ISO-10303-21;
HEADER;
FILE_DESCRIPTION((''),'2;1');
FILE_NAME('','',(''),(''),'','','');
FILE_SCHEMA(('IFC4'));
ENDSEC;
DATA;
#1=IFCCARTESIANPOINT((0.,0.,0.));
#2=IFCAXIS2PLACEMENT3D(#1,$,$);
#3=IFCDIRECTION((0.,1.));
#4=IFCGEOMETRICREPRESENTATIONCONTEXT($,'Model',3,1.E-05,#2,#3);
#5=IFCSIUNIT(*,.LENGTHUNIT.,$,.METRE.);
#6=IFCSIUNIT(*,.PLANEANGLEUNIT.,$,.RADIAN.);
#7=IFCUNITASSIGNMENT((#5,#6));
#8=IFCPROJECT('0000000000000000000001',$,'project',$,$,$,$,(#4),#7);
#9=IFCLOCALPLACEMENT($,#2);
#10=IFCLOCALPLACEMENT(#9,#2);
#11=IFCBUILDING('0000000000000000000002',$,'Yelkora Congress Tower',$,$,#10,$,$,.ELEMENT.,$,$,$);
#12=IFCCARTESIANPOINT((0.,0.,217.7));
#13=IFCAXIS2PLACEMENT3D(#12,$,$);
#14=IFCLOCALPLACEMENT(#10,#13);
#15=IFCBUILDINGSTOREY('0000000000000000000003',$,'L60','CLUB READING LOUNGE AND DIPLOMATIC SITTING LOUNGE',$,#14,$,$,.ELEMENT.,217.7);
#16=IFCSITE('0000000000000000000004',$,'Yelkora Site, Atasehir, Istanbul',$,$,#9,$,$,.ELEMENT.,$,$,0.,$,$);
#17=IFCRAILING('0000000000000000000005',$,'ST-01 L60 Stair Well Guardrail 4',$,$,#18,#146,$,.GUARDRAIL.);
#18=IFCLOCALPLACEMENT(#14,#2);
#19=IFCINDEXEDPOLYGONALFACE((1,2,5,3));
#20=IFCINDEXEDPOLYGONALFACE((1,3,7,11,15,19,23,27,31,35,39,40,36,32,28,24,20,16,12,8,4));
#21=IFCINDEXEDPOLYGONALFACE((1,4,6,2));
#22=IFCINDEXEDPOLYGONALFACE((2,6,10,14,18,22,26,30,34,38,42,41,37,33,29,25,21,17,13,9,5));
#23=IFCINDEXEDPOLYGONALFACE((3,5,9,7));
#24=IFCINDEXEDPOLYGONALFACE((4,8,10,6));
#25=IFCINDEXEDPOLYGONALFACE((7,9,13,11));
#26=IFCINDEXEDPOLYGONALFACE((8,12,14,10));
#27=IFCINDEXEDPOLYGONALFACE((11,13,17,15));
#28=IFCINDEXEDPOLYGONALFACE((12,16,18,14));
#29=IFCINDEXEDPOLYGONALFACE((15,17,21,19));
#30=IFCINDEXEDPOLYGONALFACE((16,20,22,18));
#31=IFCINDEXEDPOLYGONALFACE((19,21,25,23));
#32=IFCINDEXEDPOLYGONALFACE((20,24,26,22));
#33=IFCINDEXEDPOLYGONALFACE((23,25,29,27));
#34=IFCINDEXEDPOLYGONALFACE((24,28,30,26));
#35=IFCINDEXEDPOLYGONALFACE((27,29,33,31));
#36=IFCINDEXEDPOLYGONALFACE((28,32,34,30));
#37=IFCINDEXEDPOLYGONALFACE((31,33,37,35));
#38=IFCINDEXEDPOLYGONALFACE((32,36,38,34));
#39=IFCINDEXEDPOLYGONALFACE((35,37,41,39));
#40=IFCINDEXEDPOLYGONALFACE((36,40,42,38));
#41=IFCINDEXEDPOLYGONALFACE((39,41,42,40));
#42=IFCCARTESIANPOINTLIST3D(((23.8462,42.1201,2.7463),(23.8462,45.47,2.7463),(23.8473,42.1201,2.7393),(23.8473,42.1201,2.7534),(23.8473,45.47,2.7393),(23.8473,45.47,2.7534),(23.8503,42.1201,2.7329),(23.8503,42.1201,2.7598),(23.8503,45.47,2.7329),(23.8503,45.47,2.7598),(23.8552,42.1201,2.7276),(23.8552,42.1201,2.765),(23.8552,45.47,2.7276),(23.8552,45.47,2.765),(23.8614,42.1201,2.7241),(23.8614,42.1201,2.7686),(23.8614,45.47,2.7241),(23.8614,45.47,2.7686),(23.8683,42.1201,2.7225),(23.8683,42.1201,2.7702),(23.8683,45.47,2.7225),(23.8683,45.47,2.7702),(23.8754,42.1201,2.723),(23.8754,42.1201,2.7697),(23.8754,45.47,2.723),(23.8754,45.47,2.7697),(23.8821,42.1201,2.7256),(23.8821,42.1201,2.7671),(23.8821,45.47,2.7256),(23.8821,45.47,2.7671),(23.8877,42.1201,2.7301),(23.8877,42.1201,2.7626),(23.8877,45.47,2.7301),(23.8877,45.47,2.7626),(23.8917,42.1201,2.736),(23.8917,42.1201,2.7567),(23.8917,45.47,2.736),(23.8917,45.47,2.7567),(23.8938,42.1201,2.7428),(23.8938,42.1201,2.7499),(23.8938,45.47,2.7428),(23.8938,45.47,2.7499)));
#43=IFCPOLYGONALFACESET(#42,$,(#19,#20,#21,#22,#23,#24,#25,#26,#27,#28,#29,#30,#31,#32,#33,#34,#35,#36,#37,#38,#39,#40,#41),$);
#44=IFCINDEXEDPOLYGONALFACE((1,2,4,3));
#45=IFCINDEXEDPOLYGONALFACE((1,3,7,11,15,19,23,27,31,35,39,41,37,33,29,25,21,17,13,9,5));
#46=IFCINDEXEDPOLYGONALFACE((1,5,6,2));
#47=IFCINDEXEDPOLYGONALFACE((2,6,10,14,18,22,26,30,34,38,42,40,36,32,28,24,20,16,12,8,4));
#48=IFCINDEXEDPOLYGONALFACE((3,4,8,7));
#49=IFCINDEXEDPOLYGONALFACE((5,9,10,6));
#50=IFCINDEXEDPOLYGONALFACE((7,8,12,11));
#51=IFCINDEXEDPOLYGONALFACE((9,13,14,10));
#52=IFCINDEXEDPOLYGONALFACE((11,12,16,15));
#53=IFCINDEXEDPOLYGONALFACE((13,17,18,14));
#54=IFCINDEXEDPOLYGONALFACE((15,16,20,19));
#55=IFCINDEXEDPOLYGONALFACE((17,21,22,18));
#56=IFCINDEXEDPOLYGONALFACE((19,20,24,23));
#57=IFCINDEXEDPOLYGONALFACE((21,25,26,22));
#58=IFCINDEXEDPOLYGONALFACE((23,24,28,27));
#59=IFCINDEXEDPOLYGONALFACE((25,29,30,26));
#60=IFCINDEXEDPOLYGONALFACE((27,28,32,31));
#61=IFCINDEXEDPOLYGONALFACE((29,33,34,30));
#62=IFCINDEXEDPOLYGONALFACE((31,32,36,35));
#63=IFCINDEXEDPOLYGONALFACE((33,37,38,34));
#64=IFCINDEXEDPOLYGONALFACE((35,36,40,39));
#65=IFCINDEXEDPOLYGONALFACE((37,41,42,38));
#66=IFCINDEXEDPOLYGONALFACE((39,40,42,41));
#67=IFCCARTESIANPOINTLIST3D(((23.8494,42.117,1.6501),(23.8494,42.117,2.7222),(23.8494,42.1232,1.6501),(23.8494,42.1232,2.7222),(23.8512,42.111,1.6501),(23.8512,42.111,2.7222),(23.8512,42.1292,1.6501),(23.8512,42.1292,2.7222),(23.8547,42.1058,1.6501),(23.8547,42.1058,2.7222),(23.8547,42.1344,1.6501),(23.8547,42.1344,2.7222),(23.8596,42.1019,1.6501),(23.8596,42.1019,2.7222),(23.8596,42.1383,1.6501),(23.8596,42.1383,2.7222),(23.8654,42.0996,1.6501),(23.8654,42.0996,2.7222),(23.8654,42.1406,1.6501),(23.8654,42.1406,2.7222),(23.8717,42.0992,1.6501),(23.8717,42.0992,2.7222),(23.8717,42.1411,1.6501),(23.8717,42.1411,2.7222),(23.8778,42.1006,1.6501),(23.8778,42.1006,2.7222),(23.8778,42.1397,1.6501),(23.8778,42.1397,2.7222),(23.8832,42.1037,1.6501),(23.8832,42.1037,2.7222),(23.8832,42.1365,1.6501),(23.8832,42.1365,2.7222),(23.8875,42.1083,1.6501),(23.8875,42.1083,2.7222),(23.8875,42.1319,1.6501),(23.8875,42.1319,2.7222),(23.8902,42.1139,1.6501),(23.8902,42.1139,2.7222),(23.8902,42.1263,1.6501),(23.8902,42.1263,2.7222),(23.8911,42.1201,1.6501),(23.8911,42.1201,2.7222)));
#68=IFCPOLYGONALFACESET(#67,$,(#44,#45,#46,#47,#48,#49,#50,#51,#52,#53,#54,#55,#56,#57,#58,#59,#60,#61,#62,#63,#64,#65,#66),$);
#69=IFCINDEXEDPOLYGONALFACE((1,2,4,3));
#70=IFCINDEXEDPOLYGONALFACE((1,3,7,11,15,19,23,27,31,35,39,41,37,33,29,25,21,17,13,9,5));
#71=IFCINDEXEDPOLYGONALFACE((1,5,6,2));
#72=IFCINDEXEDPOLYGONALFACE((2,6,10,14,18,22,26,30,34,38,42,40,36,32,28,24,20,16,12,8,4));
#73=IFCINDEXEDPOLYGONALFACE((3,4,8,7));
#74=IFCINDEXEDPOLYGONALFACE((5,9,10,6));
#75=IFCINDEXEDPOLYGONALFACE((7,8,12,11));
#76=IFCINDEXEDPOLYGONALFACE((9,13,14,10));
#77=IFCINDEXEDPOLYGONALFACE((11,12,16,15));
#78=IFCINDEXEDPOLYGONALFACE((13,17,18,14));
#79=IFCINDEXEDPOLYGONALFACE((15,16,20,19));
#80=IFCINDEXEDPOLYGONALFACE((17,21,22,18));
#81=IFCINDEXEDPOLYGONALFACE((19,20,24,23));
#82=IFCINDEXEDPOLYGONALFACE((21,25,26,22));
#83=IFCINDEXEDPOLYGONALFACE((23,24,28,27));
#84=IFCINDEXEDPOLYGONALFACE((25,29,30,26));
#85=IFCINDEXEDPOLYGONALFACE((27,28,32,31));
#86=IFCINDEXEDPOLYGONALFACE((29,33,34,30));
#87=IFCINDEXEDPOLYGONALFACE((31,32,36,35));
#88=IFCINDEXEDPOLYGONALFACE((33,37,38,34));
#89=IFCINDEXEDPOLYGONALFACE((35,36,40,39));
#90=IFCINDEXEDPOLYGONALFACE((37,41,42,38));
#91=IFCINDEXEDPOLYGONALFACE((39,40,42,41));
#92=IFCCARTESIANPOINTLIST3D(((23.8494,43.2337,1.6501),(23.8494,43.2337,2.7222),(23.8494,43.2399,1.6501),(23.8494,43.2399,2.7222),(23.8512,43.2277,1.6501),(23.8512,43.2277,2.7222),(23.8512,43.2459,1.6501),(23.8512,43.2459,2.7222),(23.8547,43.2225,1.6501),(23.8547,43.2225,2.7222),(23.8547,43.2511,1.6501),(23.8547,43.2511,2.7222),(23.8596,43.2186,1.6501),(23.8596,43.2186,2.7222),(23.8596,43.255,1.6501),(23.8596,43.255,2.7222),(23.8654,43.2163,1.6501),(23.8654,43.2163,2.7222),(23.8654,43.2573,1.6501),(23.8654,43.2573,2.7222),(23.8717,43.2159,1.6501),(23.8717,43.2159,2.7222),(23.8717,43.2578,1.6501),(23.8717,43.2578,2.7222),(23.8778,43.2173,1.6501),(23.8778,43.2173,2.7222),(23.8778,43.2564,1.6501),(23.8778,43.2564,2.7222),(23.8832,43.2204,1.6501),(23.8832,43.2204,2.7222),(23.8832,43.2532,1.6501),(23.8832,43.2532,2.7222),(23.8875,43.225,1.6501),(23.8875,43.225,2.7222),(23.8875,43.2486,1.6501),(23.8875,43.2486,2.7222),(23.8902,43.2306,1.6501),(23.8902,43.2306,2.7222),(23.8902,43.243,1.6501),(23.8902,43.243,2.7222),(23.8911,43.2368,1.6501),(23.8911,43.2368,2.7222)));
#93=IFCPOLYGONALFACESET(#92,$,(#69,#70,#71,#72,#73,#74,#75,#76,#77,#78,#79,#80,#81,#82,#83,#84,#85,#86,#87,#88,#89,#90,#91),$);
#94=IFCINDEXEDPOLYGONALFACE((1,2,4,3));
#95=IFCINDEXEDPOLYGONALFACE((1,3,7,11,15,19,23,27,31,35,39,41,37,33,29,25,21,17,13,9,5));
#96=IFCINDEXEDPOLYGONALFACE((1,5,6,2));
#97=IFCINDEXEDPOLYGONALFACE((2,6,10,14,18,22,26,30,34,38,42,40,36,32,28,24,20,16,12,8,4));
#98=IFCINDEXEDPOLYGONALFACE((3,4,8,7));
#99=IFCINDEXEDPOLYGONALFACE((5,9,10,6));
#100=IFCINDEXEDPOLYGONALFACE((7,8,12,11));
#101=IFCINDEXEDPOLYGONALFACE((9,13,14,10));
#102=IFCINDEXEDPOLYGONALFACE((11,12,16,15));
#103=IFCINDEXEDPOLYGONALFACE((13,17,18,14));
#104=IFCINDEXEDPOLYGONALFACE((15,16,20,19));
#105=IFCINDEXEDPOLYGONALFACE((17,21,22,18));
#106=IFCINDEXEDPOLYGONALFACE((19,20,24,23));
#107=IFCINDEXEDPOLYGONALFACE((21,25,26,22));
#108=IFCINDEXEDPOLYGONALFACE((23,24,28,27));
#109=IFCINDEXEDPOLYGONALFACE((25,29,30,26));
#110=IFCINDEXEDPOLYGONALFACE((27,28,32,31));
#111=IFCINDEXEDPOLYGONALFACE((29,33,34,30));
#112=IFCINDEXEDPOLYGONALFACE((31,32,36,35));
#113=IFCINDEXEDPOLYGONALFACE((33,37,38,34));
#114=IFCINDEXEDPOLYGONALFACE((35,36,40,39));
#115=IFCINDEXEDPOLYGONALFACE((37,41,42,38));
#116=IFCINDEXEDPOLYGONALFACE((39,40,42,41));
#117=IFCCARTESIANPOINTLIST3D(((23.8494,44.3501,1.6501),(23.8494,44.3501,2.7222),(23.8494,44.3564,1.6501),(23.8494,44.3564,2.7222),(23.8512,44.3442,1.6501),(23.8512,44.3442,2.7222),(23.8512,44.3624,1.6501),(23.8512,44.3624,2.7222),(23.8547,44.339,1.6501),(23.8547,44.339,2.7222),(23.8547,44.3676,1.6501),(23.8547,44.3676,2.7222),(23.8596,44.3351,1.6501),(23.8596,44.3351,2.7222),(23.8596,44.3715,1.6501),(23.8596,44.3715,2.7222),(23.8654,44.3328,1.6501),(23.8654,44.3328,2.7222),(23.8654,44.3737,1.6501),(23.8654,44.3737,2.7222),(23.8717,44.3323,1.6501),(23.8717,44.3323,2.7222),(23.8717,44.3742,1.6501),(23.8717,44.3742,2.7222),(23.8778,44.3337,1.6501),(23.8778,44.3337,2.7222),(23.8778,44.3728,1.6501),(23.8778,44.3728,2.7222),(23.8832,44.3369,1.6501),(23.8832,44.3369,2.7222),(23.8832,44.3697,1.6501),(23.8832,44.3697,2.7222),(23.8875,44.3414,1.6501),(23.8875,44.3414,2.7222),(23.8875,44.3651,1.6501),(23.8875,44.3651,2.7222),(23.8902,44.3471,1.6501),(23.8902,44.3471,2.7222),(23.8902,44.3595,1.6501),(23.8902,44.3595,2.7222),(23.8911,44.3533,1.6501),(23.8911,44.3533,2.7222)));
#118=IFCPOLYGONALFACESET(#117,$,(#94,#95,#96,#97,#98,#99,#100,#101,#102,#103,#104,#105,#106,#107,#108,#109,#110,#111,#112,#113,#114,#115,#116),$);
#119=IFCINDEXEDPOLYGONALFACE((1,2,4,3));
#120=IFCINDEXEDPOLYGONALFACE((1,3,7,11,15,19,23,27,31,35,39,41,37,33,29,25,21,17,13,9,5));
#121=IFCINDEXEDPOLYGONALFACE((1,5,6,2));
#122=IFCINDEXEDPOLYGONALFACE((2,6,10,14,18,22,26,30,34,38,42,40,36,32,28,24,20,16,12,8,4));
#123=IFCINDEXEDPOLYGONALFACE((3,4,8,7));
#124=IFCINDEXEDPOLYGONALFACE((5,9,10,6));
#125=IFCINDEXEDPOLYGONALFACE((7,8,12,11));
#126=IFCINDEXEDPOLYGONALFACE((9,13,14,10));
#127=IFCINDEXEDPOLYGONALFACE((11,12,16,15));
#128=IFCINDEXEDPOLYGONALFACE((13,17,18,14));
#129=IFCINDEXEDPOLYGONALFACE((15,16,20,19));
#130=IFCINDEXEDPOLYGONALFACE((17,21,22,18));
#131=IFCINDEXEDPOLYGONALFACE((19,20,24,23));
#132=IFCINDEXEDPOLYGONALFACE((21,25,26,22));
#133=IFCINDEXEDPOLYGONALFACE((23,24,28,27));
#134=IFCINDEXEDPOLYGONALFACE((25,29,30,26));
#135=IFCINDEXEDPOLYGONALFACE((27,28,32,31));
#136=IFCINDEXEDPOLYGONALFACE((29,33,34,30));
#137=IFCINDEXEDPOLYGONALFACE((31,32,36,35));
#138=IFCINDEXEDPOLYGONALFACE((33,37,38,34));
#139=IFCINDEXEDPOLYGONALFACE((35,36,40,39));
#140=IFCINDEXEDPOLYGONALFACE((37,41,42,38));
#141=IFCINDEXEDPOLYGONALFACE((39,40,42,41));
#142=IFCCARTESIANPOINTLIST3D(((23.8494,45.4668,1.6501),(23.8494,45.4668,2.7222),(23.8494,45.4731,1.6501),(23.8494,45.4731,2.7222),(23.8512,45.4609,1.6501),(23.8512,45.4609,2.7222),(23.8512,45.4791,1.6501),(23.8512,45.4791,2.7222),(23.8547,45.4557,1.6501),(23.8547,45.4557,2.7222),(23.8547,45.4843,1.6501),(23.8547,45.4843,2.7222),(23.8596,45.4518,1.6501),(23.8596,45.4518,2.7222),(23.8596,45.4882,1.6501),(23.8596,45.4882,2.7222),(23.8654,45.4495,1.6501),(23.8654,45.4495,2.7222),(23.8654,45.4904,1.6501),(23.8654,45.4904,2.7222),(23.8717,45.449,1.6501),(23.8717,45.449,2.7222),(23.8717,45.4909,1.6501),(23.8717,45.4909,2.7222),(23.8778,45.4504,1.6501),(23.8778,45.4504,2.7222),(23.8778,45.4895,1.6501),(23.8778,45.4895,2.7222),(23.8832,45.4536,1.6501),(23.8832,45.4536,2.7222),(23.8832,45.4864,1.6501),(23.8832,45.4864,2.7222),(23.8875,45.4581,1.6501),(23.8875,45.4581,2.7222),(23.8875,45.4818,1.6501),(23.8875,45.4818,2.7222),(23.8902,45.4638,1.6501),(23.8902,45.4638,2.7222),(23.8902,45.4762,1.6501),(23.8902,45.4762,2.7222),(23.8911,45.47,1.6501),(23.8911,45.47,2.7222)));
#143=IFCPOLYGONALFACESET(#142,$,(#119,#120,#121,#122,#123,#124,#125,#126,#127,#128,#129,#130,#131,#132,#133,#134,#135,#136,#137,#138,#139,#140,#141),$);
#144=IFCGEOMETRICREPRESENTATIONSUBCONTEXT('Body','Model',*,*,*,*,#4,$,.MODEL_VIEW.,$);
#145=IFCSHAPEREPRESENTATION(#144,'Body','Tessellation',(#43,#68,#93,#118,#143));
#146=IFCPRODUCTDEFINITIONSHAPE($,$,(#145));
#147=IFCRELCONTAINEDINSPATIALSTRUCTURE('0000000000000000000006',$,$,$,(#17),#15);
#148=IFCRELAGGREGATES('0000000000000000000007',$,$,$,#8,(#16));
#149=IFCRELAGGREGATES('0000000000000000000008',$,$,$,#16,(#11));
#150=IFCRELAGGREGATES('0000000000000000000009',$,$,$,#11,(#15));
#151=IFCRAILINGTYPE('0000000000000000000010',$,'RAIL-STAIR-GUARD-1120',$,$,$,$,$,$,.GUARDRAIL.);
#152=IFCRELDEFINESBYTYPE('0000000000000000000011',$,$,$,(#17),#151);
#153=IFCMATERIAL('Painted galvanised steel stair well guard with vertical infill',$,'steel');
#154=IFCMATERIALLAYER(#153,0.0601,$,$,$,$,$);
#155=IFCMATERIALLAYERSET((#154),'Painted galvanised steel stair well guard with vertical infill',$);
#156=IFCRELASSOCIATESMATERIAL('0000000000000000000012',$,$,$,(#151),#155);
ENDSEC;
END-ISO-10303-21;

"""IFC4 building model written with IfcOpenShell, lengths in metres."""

from ifc_helpers import new_model, si_unit, direction, frame, origin, origin_2d, place, context, subcontext, project, spatial, circle, extrude, material, layer, layer_set, type_object, element, save


model = new_model("IFC4")

# Units and contexts
model_context = context("Model", 3, precision=1e-05, world=origin(), true_north=direction((0.0, 1.0)))
body_context = subcontext(model_context, "Body", "Model", "MODEL_VIEW")
ifc_project = project(units=[si_unit("LENGTHUNIT", "METRE"), si_unit("PLANEANGLEUNIT", "RADIAN")], contexts=[model_context])

# Site, building, storey
site_placement = place(None, origin())
site = spatial("IfcSite", under=ifc_project, at=site_placement, Name="Yelkora Site, Atasehir, Istanbul", CompositionType="ELEMENT", RefElevation=0.0)
building_placement = place(site_placement, origin())
building = spatial("IfcBuilding", under=site, at=building_placement, Name="Yelkora Congress Tower", CompositionType="ELEMENT")
storey_placement = place(building_placement, frame((0.0, 0.0, 217.7)))
storey = spatial("IfcBuildingStorey", under=building, at=storey_placement, Name="L60", Description="CLUB READING LOUNGE AND DIPLOMATIC SITTING LOUNGE", CompositionType="ELEMENT", Elevation=217.7)

# Railing
ifc_material_1 = material(Name="Painted galvanised steel stair well guard with vertical infill", Category="steel")
ifc_layer_1 = layer(ifc_material_1, 0.0601)
ifc_layer_set_1 = layer_set([ifc_layer_1], Name="Painted galvanised steel stair well guard with vertical infill")
railing_type_1 = type_object("IfcRailingType", Name="RAIL-STAIR-GUARD-1120", PredefinedType="GUARDRAIL", material=ifc_layer_set_1)
railing_1_placement = place(storey_placement, frame((23.8701, 42.1201, 1.6501)))
element("IfcRailing", 1, at=railing_1_placement, inside=storey, type_object=railing_type_1, Name="ST-01 L60 Stair Well Guardrail 4", PredefinedType="GUARDRAIL", context=body_context, shape_type="SweptSolid", body=[
    extrude(circle(Radius=0.0239, at=origin_2d()), frame((0.0, 0.0, 1.0962), z_axis=(0.0, 1.0, 0.0), x_axis=(-1.0, 0.0, 0.0)), (0.0, 0.0, 1.0), 3.3499),
    extrude(circle(Radius=0.021, at=origin_2d()), origin(), (0.0, 0.0, 1.0), 1.072),
    extrude(circle(Radius=0.021, at=origin_2d()), frame((0.0, 1.1167, 0.0)), (0.0, 0.0, 1.0), 1.072),
    extrude(circle(Radius=0.021, at=origin_2d()), frame((0.0, 2.2332, 0.0)), (0.0, 0.0, 1.0), 1.072),
    extrude(circle(Radius=0.021, at=origin_2d()), frame((0.0, 3.3499, 0.0)), (0.0, 0.0, 1.0), 1.072),
])

save(model, "model.ifc")
